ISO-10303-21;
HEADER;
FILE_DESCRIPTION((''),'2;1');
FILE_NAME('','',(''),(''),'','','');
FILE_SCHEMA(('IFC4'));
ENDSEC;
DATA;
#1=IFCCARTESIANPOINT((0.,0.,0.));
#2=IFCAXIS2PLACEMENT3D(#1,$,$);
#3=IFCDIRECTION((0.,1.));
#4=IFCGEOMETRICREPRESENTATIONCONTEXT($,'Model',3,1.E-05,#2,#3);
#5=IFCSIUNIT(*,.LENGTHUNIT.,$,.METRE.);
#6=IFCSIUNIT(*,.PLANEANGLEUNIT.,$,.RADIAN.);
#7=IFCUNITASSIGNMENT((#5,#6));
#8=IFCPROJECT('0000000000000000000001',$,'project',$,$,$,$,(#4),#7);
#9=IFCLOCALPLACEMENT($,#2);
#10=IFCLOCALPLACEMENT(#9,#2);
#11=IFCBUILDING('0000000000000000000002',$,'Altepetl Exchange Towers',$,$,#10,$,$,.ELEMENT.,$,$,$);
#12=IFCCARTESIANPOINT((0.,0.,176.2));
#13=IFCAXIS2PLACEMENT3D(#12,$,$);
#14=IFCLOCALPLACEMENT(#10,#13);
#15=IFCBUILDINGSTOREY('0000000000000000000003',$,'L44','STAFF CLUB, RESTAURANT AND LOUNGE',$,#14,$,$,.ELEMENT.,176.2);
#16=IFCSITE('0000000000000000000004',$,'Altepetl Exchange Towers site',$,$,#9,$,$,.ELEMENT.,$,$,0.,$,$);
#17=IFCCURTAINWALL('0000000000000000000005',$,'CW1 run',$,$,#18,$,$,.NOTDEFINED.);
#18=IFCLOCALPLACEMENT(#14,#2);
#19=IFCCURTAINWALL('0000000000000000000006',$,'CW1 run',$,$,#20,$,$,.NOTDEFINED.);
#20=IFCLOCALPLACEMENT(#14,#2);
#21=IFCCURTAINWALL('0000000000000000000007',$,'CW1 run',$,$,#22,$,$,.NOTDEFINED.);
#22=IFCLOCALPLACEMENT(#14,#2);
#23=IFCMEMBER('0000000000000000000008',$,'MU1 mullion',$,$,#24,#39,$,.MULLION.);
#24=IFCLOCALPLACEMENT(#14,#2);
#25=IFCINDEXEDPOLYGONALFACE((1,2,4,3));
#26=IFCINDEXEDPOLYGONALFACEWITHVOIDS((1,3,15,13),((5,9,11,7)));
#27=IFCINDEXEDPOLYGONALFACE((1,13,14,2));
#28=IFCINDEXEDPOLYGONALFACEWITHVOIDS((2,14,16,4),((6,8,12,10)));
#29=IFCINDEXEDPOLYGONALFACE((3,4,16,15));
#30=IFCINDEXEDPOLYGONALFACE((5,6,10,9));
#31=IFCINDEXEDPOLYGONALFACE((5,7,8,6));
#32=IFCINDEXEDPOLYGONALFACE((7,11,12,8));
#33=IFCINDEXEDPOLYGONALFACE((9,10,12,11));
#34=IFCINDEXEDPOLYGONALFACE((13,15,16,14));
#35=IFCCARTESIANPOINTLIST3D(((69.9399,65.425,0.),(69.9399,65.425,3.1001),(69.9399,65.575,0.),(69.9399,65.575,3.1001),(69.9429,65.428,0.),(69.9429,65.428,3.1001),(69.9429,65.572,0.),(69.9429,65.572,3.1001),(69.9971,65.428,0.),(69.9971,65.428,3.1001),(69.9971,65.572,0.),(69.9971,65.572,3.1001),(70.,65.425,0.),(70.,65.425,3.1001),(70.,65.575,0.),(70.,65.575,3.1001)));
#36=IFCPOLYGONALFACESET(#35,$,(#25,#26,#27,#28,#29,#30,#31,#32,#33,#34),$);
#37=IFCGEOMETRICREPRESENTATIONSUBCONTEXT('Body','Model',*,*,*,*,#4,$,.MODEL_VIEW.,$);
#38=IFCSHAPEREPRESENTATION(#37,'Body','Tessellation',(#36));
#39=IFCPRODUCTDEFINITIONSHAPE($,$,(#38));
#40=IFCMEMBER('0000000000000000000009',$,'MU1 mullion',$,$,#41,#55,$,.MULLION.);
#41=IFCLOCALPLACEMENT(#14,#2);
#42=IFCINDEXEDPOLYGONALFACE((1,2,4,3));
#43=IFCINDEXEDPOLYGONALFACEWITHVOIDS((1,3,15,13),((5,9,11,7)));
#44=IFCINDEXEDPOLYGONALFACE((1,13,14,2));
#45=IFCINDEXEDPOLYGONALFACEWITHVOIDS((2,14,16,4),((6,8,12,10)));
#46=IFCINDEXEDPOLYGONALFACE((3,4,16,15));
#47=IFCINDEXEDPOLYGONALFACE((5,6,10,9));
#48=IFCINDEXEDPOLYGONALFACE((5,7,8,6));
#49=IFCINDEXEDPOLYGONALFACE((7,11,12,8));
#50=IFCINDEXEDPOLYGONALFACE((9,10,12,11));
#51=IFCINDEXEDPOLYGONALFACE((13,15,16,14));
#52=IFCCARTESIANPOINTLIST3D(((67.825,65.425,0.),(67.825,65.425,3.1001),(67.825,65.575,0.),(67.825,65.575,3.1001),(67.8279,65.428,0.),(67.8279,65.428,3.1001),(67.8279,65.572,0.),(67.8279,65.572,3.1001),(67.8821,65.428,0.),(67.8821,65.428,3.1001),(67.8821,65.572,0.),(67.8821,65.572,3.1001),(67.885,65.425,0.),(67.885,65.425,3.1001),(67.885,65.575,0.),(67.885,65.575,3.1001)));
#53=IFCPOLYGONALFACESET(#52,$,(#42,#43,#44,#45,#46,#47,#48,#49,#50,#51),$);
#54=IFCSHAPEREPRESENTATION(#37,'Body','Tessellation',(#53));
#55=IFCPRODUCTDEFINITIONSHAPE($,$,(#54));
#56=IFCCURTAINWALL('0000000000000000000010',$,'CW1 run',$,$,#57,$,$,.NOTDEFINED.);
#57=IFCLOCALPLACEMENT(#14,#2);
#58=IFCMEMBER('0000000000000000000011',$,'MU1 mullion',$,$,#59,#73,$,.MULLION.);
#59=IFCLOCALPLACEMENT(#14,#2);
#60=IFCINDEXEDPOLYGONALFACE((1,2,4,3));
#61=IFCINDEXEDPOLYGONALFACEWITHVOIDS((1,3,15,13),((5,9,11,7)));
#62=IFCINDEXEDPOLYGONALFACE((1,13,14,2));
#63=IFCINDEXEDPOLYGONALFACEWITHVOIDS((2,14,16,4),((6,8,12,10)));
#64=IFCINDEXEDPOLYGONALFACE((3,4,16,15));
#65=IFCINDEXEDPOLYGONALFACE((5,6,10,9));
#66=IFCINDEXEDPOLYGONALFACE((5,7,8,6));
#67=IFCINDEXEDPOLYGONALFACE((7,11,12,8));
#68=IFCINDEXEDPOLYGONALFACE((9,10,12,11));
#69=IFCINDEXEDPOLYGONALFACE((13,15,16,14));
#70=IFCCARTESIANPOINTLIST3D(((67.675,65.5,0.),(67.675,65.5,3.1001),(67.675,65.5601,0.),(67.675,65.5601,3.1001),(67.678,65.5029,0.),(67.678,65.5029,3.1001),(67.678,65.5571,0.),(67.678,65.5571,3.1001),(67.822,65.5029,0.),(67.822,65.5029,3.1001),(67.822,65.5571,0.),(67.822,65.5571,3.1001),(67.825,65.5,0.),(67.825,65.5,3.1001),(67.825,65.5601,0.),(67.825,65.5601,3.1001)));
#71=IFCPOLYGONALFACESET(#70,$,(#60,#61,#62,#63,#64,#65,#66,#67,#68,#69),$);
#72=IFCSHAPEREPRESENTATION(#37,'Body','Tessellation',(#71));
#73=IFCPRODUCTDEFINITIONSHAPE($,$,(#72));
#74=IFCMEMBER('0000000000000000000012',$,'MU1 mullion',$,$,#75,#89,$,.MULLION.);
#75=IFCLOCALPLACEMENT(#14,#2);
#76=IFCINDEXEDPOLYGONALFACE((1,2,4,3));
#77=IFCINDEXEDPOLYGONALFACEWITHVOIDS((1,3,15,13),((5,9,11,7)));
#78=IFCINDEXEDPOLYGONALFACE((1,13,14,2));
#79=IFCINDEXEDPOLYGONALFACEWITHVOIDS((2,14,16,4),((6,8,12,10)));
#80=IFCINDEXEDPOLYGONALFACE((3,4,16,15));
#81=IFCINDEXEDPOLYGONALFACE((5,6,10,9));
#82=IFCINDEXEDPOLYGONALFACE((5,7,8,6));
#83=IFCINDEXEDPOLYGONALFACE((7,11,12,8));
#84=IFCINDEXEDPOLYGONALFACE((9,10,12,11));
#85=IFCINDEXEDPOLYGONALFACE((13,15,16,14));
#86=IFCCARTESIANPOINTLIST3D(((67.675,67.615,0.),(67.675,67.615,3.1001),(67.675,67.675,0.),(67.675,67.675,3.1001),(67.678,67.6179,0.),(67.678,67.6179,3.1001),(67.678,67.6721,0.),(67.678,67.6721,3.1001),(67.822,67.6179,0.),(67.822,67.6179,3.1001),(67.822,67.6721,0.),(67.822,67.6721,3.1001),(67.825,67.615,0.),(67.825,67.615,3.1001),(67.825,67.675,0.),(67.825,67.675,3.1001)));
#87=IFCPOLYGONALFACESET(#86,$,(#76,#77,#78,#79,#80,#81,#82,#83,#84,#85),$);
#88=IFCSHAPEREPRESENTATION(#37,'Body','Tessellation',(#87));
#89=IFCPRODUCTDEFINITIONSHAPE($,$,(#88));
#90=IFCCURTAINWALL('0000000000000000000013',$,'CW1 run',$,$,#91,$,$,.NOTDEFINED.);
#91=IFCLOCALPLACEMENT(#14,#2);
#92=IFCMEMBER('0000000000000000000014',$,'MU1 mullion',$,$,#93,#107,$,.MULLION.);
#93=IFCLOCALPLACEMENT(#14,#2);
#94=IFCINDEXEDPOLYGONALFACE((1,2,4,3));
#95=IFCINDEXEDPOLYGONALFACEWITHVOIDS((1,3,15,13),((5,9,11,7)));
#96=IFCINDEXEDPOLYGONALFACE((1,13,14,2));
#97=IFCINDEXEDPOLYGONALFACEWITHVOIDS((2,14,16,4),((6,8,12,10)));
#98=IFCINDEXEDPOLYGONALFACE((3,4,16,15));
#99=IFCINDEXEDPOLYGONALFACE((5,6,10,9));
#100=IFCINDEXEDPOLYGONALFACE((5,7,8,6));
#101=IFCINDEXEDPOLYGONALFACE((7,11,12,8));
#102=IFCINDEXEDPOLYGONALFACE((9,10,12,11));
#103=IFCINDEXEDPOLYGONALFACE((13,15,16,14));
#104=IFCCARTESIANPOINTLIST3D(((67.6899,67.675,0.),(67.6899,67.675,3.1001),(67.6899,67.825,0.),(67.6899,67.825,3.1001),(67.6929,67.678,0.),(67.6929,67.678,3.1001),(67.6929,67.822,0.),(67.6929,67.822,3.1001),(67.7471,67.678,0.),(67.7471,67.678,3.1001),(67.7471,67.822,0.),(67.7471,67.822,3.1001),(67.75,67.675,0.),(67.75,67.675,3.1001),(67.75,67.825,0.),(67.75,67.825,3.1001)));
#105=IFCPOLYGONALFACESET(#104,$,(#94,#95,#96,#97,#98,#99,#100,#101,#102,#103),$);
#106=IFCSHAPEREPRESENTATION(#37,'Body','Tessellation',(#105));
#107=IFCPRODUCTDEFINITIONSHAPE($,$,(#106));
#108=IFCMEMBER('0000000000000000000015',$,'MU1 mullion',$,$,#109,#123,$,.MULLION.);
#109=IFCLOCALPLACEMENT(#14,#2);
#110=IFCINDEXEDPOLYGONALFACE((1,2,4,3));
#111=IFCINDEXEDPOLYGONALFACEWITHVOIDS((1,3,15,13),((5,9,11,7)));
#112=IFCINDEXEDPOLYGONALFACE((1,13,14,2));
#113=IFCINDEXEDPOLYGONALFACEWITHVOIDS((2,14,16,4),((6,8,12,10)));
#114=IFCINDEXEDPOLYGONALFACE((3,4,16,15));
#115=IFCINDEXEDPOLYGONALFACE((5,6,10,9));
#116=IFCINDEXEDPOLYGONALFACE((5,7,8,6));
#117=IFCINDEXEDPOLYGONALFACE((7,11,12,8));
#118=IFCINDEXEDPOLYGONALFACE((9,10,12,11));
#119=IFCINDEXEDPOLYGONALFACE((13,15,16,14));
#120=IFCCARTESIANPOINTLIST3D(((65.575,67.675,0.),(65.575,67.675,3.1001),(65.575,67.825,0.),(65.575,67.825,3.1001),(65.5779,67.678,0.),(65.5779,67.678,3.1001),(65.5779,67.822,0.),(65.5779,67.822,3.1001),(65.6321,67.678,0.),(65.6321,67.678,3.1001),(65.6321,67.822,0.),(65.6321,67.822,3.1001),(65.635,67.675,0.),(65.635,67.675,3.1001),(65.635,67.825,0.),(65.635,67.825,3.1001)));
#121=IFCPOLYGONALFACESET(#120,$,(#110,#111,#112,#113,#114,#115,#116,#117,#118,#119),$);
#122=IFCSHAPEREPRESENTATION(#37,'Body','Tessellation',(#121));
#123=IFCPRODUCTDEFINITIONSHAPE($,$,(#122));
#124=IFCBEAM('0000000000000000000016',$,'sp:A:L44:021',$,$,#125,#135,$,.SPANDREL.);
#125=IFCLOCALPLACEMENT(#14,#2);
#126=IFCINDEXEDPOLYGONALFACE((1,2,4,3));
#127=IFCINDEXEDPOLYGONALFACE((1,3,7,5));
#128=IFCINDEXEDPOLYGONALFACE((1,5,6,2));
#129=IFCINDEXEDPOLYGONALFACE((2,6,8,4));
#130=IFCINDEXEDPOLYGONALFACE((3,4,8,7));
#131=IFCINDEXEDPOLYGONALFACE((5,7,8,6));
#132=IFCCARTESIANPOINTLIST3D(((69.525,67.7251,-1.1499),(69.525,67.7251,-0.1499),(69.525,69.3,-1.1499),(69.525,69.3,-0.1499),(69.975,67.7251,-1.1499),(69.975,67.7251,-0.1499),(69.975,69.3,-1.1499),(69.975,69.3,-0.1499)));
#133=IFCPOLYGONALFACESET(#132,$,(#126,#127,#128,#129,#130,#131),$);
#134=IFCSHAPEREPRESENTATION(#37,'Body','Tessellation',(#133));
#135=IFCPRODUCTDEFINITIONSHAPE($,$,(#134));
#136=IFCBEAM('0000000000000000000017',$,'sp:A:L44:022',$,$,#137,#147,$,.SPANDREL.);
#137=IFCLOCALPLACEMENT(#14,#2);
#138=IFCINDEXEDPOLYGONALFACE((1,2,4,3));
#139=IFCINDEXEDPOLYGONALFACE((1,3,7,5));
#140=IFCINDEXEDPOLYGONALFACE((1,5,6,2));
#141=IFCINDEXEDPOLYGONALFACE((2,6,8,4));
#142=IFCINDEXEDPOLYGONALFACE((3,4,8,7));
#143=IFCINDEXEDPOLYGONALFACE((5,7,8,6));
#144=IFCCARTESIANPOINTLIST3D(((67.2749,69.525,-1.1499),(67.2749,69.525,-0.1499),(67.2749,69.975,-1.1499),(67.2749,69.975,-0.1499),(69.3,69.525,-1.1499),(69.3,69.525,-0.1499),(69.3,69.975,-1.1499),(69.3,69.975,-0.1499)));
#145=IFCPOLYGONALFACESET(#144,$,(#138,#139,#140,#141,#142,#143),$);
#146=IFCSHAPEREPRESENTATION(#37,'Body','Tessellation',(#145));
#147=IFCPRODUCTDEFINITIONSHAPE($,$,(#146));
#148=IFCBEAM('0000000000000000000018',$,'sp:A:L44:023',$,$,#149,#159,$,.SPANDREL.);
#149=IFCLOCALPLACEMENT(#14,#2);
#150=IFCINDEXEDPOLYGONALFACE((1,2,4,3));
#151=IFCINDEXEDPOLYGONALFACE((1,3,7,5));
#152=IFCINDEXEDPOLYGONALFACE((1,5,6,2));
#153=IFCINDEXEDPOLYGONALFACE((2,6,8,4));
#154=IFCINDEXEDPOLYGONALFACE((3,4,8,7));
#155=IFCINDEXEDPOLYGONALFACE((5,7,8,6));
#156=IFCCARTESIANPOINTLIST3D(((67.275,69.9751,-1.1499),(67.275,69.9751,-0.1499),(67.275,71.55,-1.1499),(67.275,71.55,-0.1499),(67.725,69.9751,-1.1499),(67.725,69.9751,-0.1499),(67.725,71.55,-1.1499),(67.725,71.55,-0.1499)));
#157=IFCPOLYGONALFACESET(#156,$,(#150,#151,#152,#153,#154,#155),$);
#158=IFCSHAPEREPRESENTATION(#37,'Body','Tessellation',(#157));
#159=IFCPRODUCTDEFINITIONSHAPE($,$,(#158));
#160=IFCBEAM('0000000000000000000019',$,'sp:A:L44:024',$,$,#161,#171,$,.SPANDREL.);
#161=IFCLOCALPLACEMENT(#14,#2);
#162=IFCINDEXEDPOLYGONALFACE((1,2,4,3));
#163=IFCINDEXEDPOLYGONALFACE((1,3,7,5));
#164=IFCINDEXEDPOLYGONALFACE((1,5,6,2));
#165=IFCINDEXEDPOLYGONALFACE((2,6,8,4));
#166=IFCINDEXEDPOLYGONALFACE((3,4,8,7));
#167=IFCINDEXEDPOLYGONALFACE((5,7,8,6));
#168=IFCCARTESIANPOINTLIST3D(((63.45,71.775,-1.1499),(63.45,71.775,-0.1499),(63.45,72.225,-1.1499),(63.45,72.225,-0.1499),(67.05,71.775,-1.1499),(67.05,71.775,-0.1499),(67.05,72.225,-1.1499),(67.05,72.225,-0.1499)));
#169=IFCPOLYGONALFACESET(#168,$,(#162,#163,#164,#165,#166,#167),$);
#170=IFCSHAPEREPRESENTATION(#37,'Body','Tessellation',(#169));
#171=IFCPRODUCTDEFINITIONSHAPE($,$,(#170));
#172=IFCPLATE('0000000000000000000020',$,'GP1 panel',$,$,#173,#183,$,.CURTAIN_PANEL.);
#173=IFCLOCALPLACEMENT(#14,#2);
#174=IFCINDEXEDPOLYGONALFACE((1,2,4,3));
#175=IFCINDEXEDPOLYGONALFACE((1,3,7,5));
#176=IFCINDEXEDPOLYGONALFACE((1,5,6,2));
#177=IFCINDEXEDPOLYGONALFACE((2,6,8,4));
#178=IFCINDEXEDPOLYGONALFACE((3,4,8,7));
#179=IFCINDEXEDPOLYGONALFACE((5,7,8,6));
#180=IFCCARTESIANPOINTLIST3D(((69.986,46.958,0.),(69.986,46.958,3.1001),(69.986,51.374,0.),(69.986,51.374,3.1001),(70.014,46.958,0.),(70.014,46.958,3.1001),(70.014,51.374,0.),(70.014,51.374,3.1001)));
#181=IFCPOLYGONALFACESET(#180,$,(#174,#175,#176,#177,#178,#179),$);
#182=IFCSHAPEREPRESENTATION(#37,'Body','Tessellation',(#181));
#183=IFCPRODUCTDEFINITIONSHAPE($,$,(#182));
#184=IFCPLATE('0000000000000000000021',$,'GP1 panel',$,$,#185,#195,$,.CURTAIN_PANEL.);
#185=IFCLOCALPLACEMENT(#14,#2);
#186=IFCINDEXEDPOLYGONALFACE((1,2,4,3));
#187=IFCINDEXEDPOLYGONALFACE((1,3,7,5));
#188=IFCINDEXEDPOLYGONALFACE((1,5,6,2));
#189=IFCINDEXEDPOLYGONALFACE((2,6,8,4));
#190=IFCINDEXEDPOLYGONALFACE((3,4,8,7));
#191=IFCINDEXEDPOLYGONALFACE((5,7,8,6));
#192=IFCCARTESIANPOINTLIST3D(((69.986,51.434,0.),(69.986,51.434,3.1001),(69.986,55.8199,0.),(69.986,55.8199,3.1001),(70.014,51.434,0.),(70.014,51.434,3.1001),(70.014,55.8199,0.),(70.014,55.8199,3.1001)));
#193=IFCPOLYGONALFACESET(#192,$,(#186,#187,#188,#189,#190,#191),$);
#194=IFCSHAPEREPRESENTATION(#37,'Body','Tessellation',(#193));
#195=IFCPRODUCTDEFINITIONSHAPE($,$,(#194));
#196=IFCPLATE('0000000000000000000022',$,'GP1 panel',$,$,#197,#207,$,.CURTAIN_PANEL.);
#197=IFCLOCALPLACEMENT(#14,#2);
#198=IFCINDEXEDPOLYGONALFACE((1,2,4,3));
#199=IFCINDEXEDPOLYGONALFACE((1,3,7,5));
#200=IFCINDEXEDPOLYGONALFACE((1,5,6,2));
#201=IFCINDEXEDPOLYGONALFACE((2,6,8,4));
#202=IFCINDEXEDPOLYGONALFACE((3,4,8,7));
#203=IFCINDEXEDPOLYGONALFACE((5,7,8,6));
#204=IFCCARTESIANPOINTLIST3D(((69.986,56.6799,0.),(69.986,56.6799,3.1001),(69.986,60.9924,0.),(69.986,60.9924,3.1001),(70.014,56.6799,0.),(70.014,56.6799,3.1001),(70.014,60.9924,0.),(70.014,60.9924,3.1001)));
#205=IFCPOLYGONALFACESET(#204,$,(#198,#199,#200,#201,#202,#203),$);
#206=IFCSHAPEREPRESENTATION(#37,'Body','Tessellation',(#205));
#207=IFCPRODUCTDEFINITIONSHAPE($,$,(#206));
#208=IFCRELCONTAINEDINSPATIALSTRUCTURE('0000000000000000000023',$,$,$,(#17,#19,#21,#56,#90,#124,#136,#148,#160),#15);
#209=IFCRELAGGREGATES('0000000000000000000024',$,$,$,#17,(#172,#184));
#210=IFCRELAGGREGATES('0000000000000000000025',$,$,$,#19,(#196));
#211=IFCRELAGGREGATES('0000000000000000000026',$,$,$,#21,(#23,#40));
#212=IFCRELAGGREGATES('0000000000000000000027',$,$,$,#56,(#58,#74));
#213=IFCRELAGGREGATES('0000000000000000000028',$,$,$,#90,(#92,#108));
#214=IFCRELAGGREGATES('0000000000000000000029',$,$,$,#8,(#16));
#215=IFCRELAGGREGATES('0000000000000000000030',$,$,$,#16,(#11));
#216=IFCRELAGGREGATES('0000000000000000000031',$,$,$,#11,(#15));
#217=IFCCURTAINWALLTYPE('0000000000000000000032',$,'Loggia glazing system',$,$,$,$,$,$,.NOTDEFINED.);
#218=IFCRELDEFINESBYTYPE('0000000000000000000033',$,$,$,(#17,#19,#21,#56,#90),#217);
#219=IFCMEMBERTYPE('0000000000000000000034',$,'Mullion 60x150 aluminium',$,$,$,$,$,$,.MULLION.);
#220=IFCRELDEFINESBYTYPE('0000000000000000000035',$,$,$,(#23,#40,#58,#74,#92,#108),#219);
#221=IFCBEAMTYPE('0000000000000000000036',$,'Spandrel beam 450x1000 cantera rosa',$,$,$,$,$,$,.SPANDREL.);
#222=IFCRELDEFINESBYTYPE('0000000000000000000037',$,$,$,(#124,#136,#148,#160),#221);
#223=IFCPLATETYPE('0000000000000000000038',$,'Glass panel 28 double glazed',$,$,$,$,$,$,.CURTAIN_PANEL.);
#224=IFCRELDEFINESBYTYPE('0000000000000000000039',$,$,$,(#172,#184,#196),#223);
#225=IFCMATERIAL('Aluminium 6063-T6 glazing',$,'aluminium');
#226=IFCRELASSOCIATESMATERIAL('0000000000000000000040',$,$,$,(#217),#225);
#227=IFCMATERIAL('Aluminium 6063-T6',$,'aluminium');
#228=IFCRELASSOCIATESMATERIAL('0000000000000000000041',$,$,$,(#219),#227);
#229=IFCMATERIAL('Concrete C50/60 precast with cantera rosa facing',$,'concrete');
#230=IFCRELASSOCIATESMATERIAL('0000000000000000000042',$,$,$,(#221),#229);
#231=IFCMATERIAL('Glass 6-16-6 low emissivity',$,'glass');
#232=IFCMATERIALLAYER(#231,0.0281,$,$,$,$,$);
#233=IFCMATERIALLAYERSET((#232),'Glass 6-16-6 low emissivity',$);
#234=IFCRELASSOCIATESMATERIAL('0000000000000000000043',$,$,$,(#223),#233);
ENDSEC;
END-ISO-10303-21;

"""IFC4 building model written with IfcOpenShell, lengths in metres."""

from ifc_helpers import new_model, si_unit, direction, frame, origin, origin_2d, place, context, subcontext, project, spatial, rectangle, hollow_rectangle, extrude, material, layer, layer_set, material_profile, profile_set, type_object, element, aggregate, save


model = new_model("IFC4")

# Units and contexts
model_context = context("Model", 3, precision=1e-05, world=origin(), true_north=direction((0.0, 1.0)))
body_context = subcontext(model_context, "Body", "Model", "MODEL_VIEW")
ifc_project = project(units=[si_unit("LENGTHUNIT", "METRE"), si_unit("PLANEANGLEUNIT", "RADIAN")], contexts=[model_context])

# Site, building, storey
site_placement = place(None, origin())
site = spatial("IfcSite", under=ifc_project, at=site_placement, Name="Altepetl Exchange Towers site", CompositionType="ELEMENT", RefElevation=0.0)
building_placement = place(site_placement, origin())
building = spatial("IfcBuilding", under=site, at=building_placement, Name="Altepetl Exchange Towers", CompositionType="ELEMENT")
storey_placement = place(building_placement, frame((0.0, 0.0, 176.2)))
storey = spatial("IfcBuildingStorey", under=building, at=storey_placement, Name="L44", Description="STAFF CLUB, RESTAURANT AND LOUNGE", CompositionType="ELEMENT", Elevation=176.2)

# Curtain walls, members
ifc_material_1 = material(Name="Aluminium 6063-T6 glazing", Category="aluminium")
curtain_wall_type = type_object("IfcCurtainWallType", Name="Loggia glazing system", PredefinedType="NOTDEFINED", material=ifc_material_1)
curtain_wall_1_placement = place(storey_placement, origin())
curtain_wall_1 = element("IfcCurtainWall", 1, at=curtain_wall_1_placement, inside=storey, type_object=curtain_wall_type, Name="CW1 run", PredefinedType="NOTDEFINED")
ifc_material_2 = material(Name="Aluminium 6063-T6", Category="aluminium")
ifc_material_profile_1 = material_profile(ifc_material_2, hollow_rectangle(XDim=0.0601, YDim=0.1499, WallThickness=0.0029, at=origin_2d()), Name="Mullion 60x150 aluminium")
ifc_profile_set_1 = profile_set([ifc_material_profile_1], Name="Aluminium 6063-T6")
member_type = type_object("IfcMemberType", Name="Mullion 60x150 aluminium", PredefinedType="MULLION", material=ifc_profile_set_1)
curtain_wall_2_placement = place(storey_placement, origin())
curtain_wall_2 = element("IfcCurtainWall", 2, at=curtain_wall_2_placement, inside=storey, type_object=curtain_wall_type, Name="CW1 run", PredefinedType="NOTDEFINED")
curtain_wall_3_placement = place(storey_placement, origin())
curtain_wall_3 = element("IfcCurtainWall", 3, at=curtain_wall_3_placement, inside=storey, type_object=curtain_wall_type, Name="CW1 run", PredefinedType="NOTDEFINED")
member_1_placement = place(storey_placement, frame((69.97, 65.5, 0.0), z_axis=(0.0, 0.0, 1.0), x_axis=(-1.0, 0.0, 0.0)))
member_1 = element("IfcMember", 4, at=member_1_placement, type_object=member_type, Name="MU1 mullion", PredefinedType="MULLION", context=body_context, shape_type="SweptSolid", body=[
    extrude(hollow_rectangle(XDim=0.0601, YDim=0.1499, WallThickness=0.0029, at=origin_2d()), origin(), (0.0, 0.0, 1.0), 3.1001),
])
member_2_placement = place(storey_placement, frame((67.855, 65.5, 0.0), z_axis=(0.0, 0.0, 1.0), x_axis=(-1.0, 0.0, 0.0)))
member_2 = element("IfcMember", 5, at=member_2_placement, type_object=member_type, Name="MU1 mullion", PredefinedType="MULLION", context=body_context, shape_type="SweptSolid", body=[
    extrude(hollow_rectangle(XDim=0.0601, YDim=0.1499, WallThickness=0.0029, at=origin_2d()), origin(), (0.0, 0.0, 1.0), 3.1001),
])
curtain_wall_4_placement = place(storey_placement, origin())
curtain_wall_4 = element("IfcCurtainWall", 6, at=curtain_wall_4_placement, inside=storey, type_object=curtain_wall_type, Name="CW1 run", PredefinedType="NOTDEFINED")
member_3_placement = place(storey_placement, frame((67.75, 65.53, 0.0), z_axis=(0.0, 0.0, 1.0), x_axis=(0.0, 1.0, 0.0)))
member_3 = element("IfcMember", 7, at=member_3_placement, type_object=member_type, Name="MU1 mullion", PredefinedType="MULLION", context=body_context, shape_type="SweptSolid", body=[
    extrude(hollow_rectangle(XDim=0.0601, YDim=0.1499, WallThickness=0.0029, at=origin_2d()), origin(), (0.0, 0.0, 1.0), 3.1001),
])
member_4_placement = place(storey_placement, frame((67.75, 67.645, 0.0), z_axis=(0.0, 0.0, 1.0), x_axis=(0.0, 1.0, 0.0)))
member_4 = element("IfcMember", 8, at=member_4_placement, type_object=member_type, Name="MU1 mullion", PredefinedType="MULLION", context=body_context, shape_type="SweptSolid", body=[
    extrude(hollow_rectangle(XDim=0.0601, YDim=0.1499, WallThickness=0.0029, at=origin_2d()), origin(), (0.0, 0.0, 1.0), 3.1001),
])
curtain_wall_5_placement = place(storey_placement, origin())
curtain_wall_5 = element("IfcCurtainWall", 9, at=curtain_wall_5_placement, inside=storey, type_object=curtain_wall_type, Name="CW1 run", PredefinedType="NOTDEFINED")
member_5_placement = place(storey_placement, frame((67.72, 67.75, 0.0), z_axis=(0.0, 0.0, 1.0), x_axis=(-1.0, 0.0, 0.0)))
member_5 = element("IfcMember", 10, at=member_5_placement, type_object=member_type, Name="MU1 mullion", PredefinedType="MULLION", context=body_context, shape_type="SweptSolid", body=[
    extrude(hollow_rectangle(XDim=0.0601, YDim=0.1499, WallThickness=0.0029, at=origin_2d()), origin(), (0.0, 0.0, 1.0), 3.1001),
])
member_6_placement = place(storey_placement, frame((65.605, 67.75, 0.0), z_axis=(0.0, 0.0, 1.0), x_axis=(-1.0, 0.0, 0.0)))
member_6 = element("IfcMember", 11, at=member_6_placement, type_object=member_type, Name="MU1 mullion", PredefinedType="MULLION", context=body_context, shape_type="SweptSolid", body=[
    extrude(hollow_rectangle(XDim=0.0601, YDim=0.1499, WallThickness=0.0029, at=origin_2d()), origin(), (0.0, 0.0, 1.0), 3.1001),
])

# Beams
ifc_material_3 = material(Name="Concrete C50/60 precast with cantera rosa facing", Category="concrete")
ifc_material_profile_2 = material_profile(ifc_material_3, rectangle(XDim=0.45, YDim=1.0, at=origin_2d()), Name="450 x 1000")
ifc_profile_set_2 = profile_set([ifc_material_profile_2], Name="Concrete C50/60 precast with cantera rosa facing")
beam_type_1 = type_object("IfcBeamType", Name="Spandrel beam 450x1000 cantera rosa", PredefinedType="SPANDREL", material=ifc_profile_set_2)
beam_1_placement = place(storey_placement, frame((69.75, 67.7251, -0.6499), z_axis=(0.0, 1.0, 0.0), x_axis=(-1.0, 0.0, 0.0)))
element("IfcBeam", 12, at=beam_1_placement, inside=storey, type_object=beam_type_1, Name="sp:A:L44:021", PredefinedType="SPANDREL", context=body_context, shape_type="SweptSolid", body=[
    extrude(rectangle(XDim=0.45, YDim=1.0, at=origin_2d()), origin(), (0.0, 0.0, 1.0), 1.575),
])
beam_2_placement = place(storey_placement, frame((69.3, 69.75, -0.6499), z_axis=(-1.0, 0.0, 0.0), x_axis=(0.0, -1.0, 0.0)))
element("IfcBeam", 13, at=beam_2_placement, inside=storey, type_object=beam_type_1, Name="sp:A:L44:022", PredefinedType="SPANDREL", context=body_context, shape_type="SweptSolid", body=[
    extrude(rectangle(XDim=0.45, YDim=1.0, at=origin_2d()), origin(), (0.0, 0.0, 1.0), 2.0251),
])
beam_3_placement = place(storey_placement, frame((67.5, 69.9751, -0.6499), z_axis=(0.0, 1.0, 0.0), x_axis=(-1.0, 0.0, 0.0)))
element("IfcBeam", 14, at=beam_3_placement, inside=storey, type_object=beam_type_1, Name="sp:A:L44:023", PredefinedType="SPANDREL", context=body_context, shape_type="SweptSolid", body=[
    extrude(rectangle(XDim=0.45, YDim=1.0, at=origin_2d()), origin(), (0.0, 0.0, 1.0), 1.575),
])
beam_4_placement = place(storey_placement, frame((67.05, 72.0, -0.6499), z_axis=(-1.0, 0.0, 0.0), x_axis=(0.0, -1.0, 0.0)))
element("IfcBeam", 15, at=beam_4_placement, inside=storey, type_object=beam_type_1, Name="sp:A:L44:024", PredefinedType="SPANDREL", context=body_context, shape_type="SweptSolid", body=[
    extrude(rectangle(XDim=0.45, YDim=1.0, at=origin_2d()), origin(), (0.0, 0.0, 1.0), 3.6001),
])

# Plates
ifc_material_4 = material(Name="Glass 6-16-6 low emissivity", Category="glass")
ifc_layer_1 = layer(ifc_material_4, 0.0281)
ifc_layer_set_1 = layer_set([ifc_layer_1], Name="Glass 6-16-6 low emissivity")
plate_type = type_object("IfcPlateType", Name="Glass panel 28 double glazed", PredefinedType="CURTAIN_PANEL", material=ifc_layer_set_1)
plate_1_placement = place(storey_placement, frame((70.0, 49.166, 0.0), z_axis=(0.0, 0.0, 1.0), x_axis=(0.0, 1.0, 0.0)))
plate_1 = element("IfcPlate", 16, at=plate_1_placement, type_object=plate_type, Name="GP1 panel", PredefinedType="CURTAIN_PANEL", context=body_context, shape_type="SweptSolid", body=[
    extrude(rectangle(XDim=4.416, YDim=0.0281, at=origin_2d()), origin(), (0.0, 0.0, 1.0), 3.1001),
])
plate_2_placement = place(storey_placement, frame((70.0, 53.627, 0.0), z_axis=(0.0, 0.0, 1.0), x_axis=(0.0, 1.0, 0.0)))
plate_2 = element("IfcPlate", 17, at=plate_2_placement, type_object=plate_type, Name="GP1 panel", PredefinedType="CURTAIN_PANEL", context=body_context, shape_type="SweptSolid", body=[
    extrude(rectangle(XDim=4.386, YDim=0.0281, at=origin_2d()), origin(), (0.0, 0.0, 1.0), 3.1001),
])
aggregate(curtain_wall_1, [plate_1, plate_2])
plate_3_placement = place(storey_placement, frame((70.0, 58.8362, 0.0), z_axis=(0.0, 0.0, 1.0), x_axis=(0.0, 1.0, 0.0)))
plate_3 = element("IfcPlate", 18, at=plate_3_placement, type_object=plate_type, Name="GP1 panel", PredefinedType="CURTAIN_PANEL", context=body_context, shape_type="SweptSolid", body=[
    extrude(rectangle(XDim=4.3125, YDim=0.0281, at=origin_2d()), origin(), (0.0, 0.0, 1.0), 3.1001),
])
aggregate(curtain_wall_2, [plate_3])
aggregate(curtain_wall_3, [member_1, member_2])
aggregate(curtain_wall_4, [member_3, member_4])
aggregate(curtain_wall_5, [member_5, member_6])

save(model, "model.ifc")
